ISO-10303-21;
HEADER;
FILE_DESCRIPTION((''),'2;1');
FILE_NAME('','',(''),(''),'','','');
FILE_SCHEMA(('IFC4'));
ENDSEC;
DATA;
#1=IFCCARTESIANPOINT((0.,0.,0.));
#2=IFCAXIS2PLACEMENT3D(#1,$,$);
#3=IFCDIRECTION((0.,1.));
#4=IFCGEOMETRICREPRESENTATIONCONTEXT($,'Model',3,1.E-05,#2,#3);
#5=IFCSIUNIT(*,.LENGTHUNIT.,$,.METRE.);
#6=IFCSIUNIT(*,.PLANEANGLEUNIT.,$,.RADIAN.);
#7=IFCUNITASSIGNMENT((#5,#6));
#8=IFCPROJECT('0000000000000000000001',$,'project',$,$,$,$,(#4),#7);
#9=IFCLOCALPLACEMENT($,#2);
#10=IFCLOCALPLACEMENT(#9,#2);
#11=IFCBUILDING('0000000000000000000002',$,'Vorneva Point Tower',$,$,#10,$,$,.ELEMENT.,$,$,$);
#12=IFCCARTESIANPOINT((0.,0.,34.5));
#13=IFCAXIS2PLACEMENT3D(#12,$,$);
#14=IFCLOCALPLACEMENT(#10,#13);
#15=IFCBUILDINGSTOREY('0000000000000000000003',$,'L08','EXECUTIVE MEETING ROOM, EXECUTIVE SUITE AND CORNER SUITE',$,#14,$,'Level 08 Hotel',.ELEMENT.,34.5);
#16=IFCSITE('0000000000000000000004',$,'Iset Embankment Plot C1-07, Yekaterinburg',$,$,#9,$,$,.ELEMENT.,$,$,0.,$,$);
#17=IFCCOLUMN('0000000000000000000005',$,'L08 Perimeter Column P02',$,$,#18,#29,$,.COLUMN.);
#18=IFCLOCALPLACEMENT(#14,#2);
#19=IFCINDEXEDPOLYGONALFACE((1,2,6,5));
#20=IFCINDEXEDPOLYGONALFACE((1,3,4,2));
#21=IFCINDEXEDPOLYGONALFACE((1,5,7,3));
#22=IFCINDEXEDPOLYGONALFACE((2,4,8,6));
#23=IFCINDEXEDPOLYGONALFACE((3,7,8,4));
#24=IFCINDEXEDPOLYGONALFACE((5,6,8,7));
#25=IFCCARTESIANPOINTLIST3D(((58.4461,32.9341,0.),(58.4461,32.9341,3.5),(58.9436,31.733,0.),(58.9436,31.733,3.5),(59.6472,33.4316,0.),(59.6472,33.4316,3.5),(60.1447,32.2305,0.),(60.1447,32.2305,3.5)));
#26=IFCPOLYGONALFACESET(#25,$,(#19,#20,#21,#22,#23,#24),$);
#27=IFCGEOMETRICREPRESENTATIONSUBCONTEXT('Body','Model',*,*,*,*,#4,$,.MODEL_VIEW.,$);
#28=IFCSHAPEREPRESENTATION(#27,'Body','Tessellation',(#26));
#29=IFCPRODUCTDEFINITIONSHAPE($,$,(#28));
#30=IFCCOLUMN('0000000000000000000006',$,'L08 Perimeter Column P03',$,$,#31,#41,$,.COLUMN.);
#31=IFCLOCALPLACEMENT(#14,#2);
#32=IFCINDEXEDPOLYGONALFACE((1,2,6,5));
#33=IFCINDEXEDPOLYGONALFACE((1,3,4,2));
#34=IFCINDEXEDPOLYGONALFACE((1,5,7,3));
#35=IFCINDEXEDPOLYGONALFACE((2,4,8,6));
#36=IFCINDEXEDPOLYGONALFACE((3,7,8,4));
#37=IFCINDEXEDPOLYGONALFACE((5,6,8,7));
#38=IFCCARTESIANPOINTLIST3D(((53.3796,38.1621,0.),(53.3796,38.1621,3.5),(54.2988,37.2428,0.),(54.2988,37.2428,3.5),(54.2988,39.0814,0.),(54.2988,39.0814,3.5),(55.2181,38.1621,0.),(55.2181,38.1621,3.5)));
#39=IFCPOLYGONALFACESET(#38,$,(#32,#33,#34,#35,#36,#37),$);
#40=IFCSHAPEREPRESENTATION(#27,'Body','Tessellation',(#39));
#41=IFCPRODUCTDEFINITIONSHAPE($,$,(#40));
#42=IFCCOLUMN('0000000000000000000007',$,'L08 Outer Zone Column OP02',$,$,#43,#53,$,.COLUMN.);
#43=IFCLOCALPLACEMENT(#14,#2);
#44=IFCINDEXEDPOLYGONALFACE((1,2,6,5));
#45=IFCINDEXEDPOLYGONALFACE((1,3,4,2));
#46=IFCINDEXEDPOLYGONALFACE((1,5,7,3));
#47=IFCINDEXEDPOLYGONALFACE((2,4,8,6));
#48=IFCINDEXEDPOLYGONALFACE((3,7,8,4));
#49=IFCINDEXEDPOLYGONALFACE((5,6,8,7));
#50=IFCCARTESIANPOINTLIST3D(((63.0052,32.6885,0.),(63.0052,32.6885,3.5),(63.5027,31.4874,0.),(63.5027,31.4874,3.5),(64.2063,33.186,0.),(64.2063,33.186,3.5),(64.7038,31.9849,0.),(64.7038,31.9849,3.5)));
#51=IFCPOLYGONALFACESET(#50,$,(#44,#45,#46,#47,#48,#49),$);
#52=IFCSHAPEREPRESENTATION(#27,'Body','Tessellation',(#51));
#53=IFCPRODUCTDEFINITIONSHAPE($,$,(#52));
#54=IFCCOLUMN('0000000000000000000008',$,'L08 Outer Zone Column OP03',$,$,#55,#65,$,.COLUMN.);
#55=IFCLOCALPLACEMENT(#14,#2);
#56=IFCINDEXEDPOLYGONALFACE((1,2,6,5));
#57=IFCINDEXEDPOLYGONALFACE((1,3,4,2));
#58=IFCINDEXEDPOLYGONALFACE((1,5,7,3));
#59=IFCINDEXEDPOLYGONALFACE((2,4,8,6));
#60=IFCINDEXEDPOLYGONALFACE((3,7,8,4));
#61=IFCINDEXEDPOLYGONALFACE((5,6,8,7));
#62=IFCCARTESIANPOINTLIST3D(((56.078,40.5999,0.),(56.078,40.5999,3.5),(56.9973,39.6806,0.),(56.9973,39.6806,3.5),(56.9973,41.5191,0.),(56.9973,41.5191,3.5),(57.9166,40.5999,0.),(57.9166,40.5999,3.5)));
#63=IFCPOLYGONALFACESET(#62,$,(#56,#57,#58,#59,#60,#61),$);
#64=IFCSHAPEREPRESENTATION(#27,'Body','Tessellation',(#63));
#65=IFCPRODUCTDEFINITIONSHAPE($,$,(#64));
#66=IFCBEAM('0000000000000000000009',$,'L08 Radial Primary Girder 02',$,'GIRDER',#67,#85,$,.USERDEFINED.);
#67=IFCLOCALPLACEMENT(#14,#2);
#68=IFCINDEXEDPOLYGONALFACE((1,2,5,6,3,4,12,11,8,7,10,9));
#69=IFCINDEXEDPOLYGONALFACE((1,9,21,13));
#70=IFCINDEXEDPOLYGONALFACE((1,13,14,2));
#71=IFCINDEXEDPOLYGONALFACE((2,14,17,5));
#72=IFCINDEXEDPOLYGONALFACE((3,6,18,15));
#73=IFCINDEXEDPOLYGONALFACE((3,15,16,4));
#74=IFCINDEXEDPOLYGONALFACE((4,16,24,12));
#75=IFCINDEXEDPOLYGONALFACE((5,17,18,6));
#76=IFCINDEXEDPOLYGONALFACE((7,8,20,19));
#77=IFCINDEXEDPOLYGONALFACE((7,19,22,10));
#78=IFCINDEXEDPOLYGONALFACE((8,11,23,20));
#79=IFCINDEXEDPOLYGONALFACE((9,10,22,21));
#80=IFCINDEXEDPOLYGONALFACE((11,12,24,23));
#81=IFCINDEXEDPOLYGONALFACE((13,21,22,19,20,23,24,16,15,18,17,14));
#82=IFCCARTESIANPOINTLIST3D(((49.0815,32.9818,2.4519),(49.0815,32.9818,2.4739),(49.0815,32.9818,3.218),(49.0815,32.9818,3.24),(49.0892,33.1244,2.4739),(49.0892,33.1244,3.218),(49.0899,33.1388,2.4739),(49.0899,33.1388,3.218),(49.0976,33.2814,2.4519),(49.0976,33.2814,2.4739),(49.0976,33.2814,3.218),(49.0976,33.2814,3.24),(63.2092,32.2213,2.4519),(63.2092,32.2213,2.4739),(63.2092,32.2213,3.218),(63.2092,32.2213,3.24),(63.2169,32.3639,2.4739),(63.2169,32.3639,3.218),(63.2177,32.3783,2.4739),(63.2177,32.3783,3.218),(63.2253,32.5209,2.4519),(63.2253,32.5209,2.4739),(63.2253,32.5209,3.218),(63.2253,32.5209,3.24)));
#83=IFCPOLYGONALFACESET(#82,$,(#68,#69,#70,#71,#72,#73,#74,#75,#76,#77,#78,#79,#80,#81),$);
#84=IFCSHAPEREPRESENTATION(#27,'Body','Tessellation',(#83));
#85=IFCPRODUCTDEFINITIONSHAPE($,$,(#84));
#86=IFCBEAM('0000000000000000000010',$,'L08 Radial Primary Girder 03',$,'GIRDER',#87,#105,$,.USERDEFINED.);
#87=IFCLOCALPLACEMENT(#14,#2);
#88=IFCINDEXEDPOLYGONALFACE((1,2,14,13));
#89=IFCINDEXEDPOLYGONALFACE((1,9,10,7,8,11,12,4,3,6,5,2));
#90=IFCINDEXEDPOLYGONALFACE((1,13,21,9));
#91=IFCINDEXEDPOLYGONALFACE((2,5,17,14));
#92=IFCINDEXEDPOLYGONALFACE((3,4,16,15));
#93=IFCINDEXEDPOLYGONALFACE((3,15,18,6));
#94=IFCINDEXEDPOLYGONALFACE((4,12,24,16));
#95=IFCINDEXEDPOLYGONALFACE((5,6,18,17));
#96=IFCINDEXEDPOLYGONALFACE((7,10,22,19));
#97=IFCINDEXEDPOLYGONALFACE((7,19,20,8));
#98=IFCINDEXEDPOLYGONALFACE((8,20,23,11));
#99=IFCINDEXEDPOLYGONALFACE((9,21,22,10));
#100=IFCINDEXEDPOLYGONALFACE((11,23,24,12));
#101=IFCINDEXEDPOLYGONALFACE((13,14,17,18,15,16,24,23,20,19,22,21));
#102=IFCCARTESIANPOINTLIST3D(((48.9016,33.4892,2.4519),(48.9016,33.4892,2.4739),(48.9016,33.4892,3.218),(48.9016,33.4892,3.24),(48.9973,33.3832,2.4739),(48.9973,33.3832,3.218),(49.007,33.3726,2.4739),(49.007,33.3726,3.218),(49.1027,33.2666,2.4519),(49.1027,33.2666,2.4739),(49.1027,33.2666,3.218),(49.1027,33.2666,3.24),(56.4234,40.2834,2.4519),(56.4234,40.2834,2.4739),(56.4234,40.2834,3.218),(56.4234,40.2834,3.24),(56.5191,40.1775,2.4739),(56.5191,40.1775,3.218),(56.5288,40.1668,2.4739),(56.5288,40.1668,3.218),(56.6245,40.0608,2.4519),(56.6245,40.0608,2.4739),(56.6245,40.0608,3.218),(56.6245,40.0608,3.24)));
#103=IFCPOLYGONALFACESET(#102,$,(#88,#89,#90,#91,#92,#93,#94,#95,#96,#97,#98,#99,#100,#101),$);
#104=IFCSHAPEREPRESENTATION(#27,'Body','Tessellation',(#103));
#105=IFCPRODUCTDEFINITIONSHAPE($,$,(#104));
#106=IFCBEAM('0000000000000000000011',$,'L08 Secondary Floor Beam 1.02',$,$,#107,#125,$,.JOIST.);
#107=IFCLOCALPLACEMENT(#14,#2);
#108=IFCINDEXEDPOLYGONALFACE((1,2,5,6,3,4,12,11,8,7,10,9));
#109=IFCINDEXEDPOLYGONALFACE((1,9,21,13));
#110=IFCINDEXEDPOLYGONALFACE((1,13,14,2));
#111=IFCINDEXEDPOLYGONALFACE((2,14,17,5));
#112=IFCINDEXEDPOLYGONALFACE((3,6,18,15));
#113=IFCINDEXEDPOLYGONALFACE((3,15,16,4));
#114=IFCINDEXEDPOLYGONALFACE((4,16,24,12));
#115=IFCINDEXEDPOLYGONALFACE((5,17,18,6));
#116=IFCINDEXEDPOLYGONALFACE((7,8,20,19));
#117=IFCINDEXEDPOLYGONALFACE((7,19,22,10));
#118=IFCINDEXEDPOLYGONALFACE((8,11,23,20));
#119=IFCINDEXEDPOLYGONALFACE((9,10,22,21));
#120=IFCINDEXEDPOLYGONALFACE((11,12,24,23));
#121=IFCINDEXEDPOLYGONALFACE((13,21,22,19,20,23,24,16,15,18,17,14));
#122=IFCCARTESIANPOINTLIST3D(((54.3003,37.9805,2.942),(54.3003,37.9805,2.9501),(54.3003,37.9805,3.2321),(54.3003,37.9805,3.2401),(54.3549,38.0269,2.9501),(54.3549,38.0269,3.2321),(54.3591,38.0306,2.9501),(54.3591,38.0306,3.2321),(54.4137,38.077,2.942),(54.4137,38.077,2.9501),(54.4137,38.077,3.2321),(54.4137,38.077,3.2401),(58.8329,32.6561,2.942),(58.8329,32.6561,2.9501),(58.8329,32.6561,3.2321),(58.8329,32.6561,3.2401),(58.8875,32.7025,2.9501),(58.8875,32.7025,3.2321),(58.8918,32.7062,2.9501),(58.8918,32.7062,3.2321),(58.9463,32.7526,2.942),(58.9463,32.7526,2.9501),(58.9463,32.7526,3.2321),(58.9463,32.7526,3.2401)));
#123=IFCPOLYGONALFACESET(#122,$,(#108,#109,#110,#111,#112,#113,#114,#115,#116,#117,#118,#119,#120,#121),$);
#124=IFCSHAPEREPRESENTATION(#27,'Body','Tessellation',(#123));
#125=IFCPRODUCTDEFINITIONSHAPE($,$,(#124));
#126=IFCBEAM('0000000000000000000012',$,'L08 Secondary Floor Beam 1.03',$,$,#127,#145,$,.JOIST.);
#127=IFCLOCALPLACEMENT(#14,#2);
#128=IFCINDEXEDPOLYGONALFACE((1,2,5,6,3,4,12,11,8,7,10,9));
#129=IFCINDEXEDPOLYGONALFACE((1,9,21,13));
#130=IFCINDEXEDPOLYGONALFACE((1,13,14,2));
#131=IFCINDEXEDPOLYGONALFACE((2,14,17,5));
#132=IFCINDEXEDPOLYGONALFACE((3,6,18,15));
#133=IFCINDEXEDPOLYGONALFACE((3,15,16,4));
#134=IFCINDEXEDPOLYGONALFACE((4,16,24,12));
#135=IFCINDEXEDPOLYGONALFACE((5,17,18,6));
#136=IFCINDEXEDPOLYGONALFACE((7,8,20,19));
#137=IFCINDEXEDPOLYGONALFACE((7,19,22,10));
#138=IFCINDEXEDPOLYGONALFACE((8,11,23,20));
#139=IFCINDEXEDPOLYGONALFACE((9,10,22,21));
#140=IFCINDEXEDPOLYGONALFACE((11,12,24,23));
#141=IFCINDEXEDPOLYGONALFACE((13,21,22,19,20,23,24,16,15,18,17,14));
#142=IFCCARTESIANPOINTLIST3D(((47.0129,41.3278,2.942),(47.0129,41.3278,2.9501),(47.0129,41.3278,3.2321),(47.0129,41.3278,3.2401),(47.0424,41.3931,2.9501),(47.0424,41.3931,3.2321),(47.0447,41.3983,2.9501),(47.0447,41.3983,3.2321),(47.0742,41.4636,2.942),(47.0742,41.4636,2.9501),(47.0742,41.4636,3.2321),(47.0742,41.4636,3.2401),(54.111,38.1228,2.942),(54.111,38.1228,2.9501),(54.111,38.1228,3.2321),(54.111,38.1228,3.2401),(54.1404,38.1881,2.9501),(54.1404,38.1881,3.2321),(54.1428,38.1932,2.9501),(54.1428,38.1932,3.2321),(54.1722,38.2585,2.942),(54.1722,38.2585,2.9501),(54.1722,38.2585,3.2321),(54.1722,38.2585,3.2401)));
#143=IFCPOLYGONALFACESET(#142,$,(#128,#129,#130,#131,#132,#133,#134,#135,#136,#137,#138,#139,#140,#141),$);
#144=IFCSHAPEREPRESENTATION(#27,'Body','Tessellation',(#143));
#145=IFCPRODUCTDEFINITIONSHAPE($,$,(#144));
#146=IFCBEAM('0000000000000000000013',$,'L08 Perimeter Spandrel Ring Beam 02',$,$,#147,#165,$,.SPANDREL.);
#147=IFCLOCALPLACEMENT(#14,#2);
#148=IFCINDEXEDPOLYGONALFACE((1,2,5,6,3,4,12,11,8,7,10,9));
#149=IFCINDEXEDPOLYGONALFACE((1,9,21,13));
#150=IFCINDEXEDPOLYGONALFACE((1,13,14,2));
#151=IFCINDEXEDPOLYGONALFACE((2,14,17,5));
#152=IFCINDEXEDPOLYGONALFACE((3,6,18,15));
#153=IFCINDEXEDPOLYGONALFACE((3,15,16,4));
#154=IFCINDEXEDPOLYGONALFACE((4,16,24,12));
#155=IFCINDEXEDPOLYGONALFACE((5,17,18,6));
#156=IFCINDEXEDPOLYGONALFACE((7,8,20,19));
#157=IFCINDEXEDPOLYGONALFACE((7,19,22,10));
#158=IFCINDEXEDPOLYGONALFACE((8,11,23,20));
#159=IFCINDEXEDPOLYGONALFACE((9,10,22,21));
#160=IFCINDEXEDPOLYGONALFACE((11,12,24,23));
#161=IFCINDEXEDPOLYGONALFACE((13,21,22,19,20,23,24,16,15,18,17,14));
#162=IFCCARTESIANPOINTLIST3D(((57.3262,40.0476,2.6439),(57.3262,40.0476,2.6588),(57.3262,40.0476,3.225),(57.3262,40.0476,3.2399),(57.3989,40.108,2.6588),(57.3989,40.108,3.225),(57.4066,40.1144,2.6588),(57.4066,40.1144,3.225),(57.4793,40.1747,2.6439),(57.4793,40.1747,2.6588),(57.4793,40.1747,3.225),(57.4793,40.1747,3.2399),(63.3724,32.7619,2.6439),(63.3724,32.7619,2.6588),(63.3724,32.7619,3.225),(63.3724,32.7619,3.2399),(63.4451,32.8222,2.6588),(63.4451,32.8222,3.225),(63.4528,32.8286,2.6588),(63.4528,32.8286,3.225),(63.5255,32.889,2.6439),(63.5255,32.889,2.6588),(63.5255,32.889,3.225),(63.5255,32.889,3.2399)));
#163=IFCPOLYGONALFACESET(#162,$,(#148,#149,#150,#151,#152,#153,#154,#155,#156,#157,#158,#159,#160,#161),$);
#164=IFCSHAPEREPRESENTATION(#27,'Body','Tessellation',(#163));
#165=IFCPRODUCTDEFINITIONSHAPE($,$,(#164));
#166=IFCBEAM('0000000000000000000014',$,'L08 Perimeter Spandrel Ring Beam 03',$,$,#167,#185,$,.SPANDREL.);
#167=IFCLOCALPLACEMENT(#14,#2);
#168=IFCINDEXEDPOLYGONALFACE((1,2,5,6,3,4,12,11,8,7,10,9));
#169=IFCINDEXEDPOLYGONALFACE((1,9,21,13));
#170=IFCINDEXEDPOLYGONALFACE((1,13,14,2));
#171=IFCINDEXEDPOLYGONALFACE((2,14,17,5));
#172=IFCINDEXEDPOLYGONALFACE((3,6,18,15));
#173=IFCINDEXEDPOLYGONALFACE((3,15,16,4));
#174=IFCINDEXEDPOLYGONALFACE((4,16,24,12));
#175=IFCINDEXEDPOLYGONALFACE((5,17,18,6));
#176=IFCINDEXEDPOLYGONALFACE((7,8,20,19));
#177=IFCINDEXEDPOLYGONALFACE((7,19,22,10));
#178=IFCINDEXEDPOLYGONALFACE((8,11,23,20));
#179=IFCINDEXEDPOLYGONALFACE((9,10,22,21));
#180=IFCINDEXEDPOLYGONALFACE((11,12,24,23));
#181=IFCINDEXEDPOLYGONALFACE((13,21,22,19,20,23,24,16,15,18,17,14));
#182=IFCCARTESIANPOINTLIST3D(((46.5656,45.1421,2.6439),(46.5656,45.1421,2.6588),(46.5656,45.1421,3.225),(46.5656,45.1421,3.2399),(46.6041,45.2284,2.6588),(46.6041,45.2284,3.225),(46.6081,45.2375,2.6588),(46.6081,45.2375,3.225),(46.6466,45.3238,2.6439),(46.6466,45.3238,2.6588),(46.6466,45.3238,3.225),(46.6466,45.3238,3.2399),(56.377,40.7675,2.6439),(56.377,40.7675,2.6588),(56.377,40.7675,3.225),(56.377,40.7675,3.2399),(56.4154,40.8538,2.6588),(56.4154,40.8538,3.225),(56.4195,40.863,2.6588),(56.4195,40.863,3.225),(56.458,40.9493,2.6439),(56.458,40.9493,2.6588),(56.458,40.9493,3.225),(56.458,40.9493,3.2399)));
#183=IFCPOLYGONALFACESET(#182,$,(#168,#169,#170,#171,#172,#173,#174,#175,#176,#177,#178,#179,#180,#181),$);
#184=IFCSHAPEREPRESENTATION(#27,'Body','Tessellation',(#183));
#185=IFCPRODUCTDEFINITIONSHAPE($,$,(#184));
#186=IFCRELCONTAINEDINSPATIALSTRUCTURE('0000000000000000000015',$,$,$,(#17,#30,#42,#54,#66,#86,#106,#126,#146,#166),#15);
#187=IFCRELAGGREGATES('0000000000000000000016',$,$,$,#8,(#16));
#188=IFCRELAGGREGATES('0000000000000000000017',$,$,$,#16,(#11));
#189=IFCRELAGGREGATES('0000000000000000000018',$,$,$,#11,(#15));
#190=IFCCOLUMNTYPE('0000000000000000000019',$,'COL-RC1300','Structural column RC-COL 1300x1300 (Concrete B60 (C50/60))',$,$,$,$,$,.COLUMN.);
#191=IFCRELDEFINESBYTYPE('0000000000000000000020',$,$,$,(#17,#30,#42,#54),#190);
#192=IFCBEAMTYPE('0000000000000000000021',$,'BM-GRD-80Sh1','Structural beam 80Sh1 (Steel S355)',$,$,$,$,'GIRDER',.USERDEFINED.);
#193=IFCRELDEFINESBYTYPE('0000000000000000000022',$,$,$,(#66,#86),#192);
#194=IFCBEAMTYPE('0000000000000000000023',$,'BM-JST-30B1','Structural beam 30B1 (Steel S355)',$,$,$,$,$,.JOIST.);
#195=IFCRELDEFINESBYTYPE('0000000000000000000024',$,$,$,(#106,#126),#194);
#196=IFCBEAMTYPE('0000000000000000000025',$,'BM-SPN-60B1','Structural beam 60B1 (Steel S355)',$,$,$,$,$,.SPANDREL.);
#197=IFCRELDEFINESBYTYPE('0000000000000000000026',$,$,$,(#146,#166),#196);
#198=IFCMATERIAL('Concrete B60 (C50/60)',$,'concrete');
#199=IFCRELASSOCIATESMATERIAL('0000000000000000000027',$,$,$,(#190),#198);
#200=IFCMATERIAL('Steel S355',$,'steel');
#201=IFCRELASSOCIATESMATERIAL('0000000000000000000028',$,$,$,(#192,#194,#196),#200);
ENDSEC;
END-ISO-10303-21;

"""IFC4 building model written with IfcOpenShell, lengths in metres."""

from ifc_helpers import new_model, si_unit, direction, frame, origin, origin_2d, place, context, subcontext, project, spatial, rectangle, i_section, extrude, material, material_profile, profile_set, type_object, element, save


model = new_model("IFC4")

# Units and contexts
model_context = context("Model", 3, precision=1e-05, world=origin(), true_north=direction((0.0, 1.0)))
body_context = subcontext(model_context, "Body", "Model", "MODEL_VIEW")
ifc_project = project(units=[si_unit("LENGTHUNIT", "METRE"), si_unit("PLANEANGLEUNIT", "RADIAN")], contexts=[model_context])

# Site, building, storey
site_placement = place(None, origin())
site = spatial("IfcSite", under=ifc_project, at=site_placement, Name="Iset Embankment Plot C1-07, Yekaterinburg", CompositionType="ELEMENT", RefElevation=0.0)
building_placement = place(site_placement, origin())
building = spatial("IfcBuilding", under=site, at=building_placement, Name="Vorneva Point Tower", CompositionType="ELEMENT")
storey_placement = place(building_placement, frame((0.0, 0.0, 34.5)))
storey = spatial("IfcBuildingStorey", under=building, at=storey_placement, Name="L08", Description="EXECUTIVE MEETING ROOM, EXECUTIVE SUITE AND CORNER SUITE", LongName="Level 08 Hotel", CompositionType="ELEMENT", Elevation=34.5)

# Columns
ifc_material_1 = material(Name="Concrete B60 (C50/60)", Category="concrete")
ifc_material_profile_1 = material_profile(ifc_material_1, rectangle(XDim=1.3, YDim=1.3, at=origin_2d()), Name="RC-COL 1300x1300")
ifc_profile_set_1 = profile_set([ifc_material_profile_1], Name="Concrete B60 (C50/60)")
column_type = type_object("IfcColumnType", Name="COL-RC1300", Description="Structural column RC-COL 1300x1300 (Concrete B60 (C50/60))", PredefinedType="COLUMN", material=ifc_profile_set_1)
for number, where, z_axis, x_axis, name in (
    (1, (59.2954, 32.5823, 0.0), (0.0, 0.0, 1.0), (0.92388, 0.382683, 0.0), "L08 Perimeter Column P02"),
    (2, (54.2988, 38.1621, 0.0), (0.0, 0.0, 1.0), (0.707107, 0.707107, 0.0), "L08 Perimeter Column P03"),
    (3, (63.8545, 32.3367, 0.0), (0.0, 0.0, 1.0), (0.92388, 0.382683, 0.0), "L08 Outer Zone Column OP02"),
    (4, (56.9973, 40.5999, 0.0), (0.0, 0.0, 1.0), (0.707107, 0.707107, 0.0), "L08 Outer Zone Column OP03"),
):
    element("IfcColumn", number, at=place(storey_placement, frame(where, z_axis=z_axis, x_axis=x_axis)), inside=storey, type_object=column_type, Name=name, PredefinedType="COLUMN", context=body_context, shape_type="SweptSolid", body=[
        extrude(rectangle(XDim=1.3, YDim=1.3, at=origin_2d()), origin(), (0.0, 0.0, 1.0), 3.5),
    ])

# Beams
ifc_material_2 = material(Name="Steel S355", Category="steel")
ifc_material_profile_2 = material_profile(ifc_material_2, i_section(OverallWidth=0.3, OverallDepth=0.7881, WebThickness=0.0144, FlangeThickness=0.022, at=origin_2d()), Name="80Sh1")
ifc_profile_set_2 = profile_set([ifc_material_profile_2], Name="Steel S355")
beam_type_1 = type_object("IfcBeamType", Name="BM-GRD-80Sh1", Description="Structural beam 80Sh1 (Steel S355)", ElementType="GIRDER", PredefinedType="USERDEFINED", material=ifc_profile_set_2)
beam_1_placement = place(storey_placement, frame((63.2173, 32.3711, 2.8459), z_axis=(-0.998554, 0.053753, 0.0), x_axis=(-0.053753, -0.998554, 0.0)))
element("IfcBeam", 5, at=beam_1_placement, inside=storey, type_object=beam_type_1, Name="L08 Radial Primary Girder 02", ObjectType="GIRDER", PredefinedType="USERDEFINED", context=body_context, shape_type="SweptSolid", body=[
    extrude(i_section(OverallWidth=0.3, OverallDepth=0.7881, WebThickness=0.0144, FlangeThickness=0.022, at=origin_2d()), origin(), (0.0, 0.0, 1.0), 14.1482),
])
beam_2_placement = place(storey_placement, frame((56.5239, 40.1721, 2.8459), z_axis=(-0.742084, -0.670306, 0.0), x_axis=(0.670306, -0.742084, 0.0)))
element("IfcBeam", 6, at=beam_2_placement, inside=storey, type_object=beam_type_1, Name="L08 Radial Primary Girder 03", ObjectType="GIRDER", PredefinedType="USERDEFINED", context=body_context, shape_type="SweptSolid", body=[
    extrude(i_section(OverallWidth=0.3, OverallDepth=0.7881, WebThickness=0.0144, FlangeThickness=0.022, at=origin_2d()), origin(), (0.0, 0.0, 1.0), 10.136),
])
ifc_material_profile_3 = material_profile(ifc_material_2, i_section(OverallWidth=0.1489, OverallDepth=0.2981, WebThickness=0.0056, FlangeThickness=0.0081, at=origin_2d()), Name="30B1")
ifc_profile_set_3 = profile_set([ifc_material_profile_3], Name="Steel S355")
beam_type_2 = type_object("IfcBeamType", Name="BM-JST-30B1", Description="Structural beam 30B1 (Steel S355)", PredefinedType="JOIST", material=ifc_profile_set_3)
beam_3_placement = place(storey_placement, frame((58.8896, 32.7043, 3.0911), z_axis=(-0.648223, 0.761451, 0.0), x_axis=(-0.761451, -0.648223, 0.0)))
element("IfcBeam", 7, at=beam_3_placement, inside=storey, type_object=beam_type_2, Name="L08 Secondary Floor Beam 1.02", PredefinedType="JOIST", context=body_context, shape_type="SweptSolid", body=[
    extrude(i_section(OverallWidth=0.1489, OverallDepth=0.2981, WebThickness=0.0056, FlangeThickness=0.0081, at=origin_2d()), origin(), (0.0, 0.0, 1.0), 6.9924),
])
beam_4_placement = place(storey_placement, frame((54.1416, 38.1907, 3.0911), z_axis=(-0.911396, 0.41153, 0.0), x_axis=(-0.41153, -0.911396, 0.0)))
element("IfcBeam", 8, at=beam_4_placement, inside=storey, type_object=beam_type_2, Name="L08 Secondary Floor Beam 1.03", PredefinedType="JOIST", context=body_context, shape_type="SweptSolid", body=[
    extrude(i_section(OverallWidth=0.1489, OverallDepth=0.2981, WebThickness=0.0056, FlangeThickness=0.0081, at=origin_2d()), origin(), (0.0, 0.0, 1.0), 7.7881),
])
ifc_material_profile_4 = material_profile(ifc_material_2, i_section(OverallWidth=0.199, OverallDepth=0.5959, WebThickness=0.01, FlangeThickness=0.0149, at=origin_2d()), Name="60B1")
ifc_profile_set_4 = profile_set([ifc_material_profile_4], Name="Steel S355")
beam_type_3 = type_object("IfcBeamType", Name="BM-SPN-60B1", Description="Structural beam 60B1 (Steel S355)", PredefinedType="SPANDREL", material=ifc_profile_set_4)
beam_5_placement = place(storey_placement, frame((63.449, 32.8254, 2.9419), z_axis=(-0.63861, 0.76953, 0.0), x_axis=(-0.76953, -0.63861, 0.0)))
element("IfcBeam", 9, at=beam_5_placement, inside=storey, type_object=beam_type_3, Name="L08 Perimeter Spandrel Ring Beam 02", PredefinedType="SPANDREL", context=body_context, shape_type="SweptSolid", body=[
    extrude(i_section(OverallWidth=0.199, OverallDepth=0.5959, WebThickness=0.01, FlangeThickness=0.0149, at=origin_2d()), origin(), (0.0, 0.0, 1.0), 9.4678),
])
beam_6_placement = place(storey_placement, frame((56.4175, 40.8584, 2.9419), z_axis=(-0.913329, 0.407222, 0.0), x_axis=(-0.407222, -0.913329, 0.0)))
element("IfcBeam", 10, at=beam_6_placement, inside=storey, type_object=beam_type_3, Name="L08 Perimeter Spandrel Ring Beam 03", PredefinedType="SPANDREL", context=body_context, shape_type="SweptSolid", body=[
    extrude(i_section(OverallWidth=0.199, OverallDepth=0.5959, WebThickness=0.01, FlangeThickness=0.0149, at=origin_2d()), origin(), (0.0, 0.0, 1.0), 10.7424),
])

save(model, "model.ifc")
